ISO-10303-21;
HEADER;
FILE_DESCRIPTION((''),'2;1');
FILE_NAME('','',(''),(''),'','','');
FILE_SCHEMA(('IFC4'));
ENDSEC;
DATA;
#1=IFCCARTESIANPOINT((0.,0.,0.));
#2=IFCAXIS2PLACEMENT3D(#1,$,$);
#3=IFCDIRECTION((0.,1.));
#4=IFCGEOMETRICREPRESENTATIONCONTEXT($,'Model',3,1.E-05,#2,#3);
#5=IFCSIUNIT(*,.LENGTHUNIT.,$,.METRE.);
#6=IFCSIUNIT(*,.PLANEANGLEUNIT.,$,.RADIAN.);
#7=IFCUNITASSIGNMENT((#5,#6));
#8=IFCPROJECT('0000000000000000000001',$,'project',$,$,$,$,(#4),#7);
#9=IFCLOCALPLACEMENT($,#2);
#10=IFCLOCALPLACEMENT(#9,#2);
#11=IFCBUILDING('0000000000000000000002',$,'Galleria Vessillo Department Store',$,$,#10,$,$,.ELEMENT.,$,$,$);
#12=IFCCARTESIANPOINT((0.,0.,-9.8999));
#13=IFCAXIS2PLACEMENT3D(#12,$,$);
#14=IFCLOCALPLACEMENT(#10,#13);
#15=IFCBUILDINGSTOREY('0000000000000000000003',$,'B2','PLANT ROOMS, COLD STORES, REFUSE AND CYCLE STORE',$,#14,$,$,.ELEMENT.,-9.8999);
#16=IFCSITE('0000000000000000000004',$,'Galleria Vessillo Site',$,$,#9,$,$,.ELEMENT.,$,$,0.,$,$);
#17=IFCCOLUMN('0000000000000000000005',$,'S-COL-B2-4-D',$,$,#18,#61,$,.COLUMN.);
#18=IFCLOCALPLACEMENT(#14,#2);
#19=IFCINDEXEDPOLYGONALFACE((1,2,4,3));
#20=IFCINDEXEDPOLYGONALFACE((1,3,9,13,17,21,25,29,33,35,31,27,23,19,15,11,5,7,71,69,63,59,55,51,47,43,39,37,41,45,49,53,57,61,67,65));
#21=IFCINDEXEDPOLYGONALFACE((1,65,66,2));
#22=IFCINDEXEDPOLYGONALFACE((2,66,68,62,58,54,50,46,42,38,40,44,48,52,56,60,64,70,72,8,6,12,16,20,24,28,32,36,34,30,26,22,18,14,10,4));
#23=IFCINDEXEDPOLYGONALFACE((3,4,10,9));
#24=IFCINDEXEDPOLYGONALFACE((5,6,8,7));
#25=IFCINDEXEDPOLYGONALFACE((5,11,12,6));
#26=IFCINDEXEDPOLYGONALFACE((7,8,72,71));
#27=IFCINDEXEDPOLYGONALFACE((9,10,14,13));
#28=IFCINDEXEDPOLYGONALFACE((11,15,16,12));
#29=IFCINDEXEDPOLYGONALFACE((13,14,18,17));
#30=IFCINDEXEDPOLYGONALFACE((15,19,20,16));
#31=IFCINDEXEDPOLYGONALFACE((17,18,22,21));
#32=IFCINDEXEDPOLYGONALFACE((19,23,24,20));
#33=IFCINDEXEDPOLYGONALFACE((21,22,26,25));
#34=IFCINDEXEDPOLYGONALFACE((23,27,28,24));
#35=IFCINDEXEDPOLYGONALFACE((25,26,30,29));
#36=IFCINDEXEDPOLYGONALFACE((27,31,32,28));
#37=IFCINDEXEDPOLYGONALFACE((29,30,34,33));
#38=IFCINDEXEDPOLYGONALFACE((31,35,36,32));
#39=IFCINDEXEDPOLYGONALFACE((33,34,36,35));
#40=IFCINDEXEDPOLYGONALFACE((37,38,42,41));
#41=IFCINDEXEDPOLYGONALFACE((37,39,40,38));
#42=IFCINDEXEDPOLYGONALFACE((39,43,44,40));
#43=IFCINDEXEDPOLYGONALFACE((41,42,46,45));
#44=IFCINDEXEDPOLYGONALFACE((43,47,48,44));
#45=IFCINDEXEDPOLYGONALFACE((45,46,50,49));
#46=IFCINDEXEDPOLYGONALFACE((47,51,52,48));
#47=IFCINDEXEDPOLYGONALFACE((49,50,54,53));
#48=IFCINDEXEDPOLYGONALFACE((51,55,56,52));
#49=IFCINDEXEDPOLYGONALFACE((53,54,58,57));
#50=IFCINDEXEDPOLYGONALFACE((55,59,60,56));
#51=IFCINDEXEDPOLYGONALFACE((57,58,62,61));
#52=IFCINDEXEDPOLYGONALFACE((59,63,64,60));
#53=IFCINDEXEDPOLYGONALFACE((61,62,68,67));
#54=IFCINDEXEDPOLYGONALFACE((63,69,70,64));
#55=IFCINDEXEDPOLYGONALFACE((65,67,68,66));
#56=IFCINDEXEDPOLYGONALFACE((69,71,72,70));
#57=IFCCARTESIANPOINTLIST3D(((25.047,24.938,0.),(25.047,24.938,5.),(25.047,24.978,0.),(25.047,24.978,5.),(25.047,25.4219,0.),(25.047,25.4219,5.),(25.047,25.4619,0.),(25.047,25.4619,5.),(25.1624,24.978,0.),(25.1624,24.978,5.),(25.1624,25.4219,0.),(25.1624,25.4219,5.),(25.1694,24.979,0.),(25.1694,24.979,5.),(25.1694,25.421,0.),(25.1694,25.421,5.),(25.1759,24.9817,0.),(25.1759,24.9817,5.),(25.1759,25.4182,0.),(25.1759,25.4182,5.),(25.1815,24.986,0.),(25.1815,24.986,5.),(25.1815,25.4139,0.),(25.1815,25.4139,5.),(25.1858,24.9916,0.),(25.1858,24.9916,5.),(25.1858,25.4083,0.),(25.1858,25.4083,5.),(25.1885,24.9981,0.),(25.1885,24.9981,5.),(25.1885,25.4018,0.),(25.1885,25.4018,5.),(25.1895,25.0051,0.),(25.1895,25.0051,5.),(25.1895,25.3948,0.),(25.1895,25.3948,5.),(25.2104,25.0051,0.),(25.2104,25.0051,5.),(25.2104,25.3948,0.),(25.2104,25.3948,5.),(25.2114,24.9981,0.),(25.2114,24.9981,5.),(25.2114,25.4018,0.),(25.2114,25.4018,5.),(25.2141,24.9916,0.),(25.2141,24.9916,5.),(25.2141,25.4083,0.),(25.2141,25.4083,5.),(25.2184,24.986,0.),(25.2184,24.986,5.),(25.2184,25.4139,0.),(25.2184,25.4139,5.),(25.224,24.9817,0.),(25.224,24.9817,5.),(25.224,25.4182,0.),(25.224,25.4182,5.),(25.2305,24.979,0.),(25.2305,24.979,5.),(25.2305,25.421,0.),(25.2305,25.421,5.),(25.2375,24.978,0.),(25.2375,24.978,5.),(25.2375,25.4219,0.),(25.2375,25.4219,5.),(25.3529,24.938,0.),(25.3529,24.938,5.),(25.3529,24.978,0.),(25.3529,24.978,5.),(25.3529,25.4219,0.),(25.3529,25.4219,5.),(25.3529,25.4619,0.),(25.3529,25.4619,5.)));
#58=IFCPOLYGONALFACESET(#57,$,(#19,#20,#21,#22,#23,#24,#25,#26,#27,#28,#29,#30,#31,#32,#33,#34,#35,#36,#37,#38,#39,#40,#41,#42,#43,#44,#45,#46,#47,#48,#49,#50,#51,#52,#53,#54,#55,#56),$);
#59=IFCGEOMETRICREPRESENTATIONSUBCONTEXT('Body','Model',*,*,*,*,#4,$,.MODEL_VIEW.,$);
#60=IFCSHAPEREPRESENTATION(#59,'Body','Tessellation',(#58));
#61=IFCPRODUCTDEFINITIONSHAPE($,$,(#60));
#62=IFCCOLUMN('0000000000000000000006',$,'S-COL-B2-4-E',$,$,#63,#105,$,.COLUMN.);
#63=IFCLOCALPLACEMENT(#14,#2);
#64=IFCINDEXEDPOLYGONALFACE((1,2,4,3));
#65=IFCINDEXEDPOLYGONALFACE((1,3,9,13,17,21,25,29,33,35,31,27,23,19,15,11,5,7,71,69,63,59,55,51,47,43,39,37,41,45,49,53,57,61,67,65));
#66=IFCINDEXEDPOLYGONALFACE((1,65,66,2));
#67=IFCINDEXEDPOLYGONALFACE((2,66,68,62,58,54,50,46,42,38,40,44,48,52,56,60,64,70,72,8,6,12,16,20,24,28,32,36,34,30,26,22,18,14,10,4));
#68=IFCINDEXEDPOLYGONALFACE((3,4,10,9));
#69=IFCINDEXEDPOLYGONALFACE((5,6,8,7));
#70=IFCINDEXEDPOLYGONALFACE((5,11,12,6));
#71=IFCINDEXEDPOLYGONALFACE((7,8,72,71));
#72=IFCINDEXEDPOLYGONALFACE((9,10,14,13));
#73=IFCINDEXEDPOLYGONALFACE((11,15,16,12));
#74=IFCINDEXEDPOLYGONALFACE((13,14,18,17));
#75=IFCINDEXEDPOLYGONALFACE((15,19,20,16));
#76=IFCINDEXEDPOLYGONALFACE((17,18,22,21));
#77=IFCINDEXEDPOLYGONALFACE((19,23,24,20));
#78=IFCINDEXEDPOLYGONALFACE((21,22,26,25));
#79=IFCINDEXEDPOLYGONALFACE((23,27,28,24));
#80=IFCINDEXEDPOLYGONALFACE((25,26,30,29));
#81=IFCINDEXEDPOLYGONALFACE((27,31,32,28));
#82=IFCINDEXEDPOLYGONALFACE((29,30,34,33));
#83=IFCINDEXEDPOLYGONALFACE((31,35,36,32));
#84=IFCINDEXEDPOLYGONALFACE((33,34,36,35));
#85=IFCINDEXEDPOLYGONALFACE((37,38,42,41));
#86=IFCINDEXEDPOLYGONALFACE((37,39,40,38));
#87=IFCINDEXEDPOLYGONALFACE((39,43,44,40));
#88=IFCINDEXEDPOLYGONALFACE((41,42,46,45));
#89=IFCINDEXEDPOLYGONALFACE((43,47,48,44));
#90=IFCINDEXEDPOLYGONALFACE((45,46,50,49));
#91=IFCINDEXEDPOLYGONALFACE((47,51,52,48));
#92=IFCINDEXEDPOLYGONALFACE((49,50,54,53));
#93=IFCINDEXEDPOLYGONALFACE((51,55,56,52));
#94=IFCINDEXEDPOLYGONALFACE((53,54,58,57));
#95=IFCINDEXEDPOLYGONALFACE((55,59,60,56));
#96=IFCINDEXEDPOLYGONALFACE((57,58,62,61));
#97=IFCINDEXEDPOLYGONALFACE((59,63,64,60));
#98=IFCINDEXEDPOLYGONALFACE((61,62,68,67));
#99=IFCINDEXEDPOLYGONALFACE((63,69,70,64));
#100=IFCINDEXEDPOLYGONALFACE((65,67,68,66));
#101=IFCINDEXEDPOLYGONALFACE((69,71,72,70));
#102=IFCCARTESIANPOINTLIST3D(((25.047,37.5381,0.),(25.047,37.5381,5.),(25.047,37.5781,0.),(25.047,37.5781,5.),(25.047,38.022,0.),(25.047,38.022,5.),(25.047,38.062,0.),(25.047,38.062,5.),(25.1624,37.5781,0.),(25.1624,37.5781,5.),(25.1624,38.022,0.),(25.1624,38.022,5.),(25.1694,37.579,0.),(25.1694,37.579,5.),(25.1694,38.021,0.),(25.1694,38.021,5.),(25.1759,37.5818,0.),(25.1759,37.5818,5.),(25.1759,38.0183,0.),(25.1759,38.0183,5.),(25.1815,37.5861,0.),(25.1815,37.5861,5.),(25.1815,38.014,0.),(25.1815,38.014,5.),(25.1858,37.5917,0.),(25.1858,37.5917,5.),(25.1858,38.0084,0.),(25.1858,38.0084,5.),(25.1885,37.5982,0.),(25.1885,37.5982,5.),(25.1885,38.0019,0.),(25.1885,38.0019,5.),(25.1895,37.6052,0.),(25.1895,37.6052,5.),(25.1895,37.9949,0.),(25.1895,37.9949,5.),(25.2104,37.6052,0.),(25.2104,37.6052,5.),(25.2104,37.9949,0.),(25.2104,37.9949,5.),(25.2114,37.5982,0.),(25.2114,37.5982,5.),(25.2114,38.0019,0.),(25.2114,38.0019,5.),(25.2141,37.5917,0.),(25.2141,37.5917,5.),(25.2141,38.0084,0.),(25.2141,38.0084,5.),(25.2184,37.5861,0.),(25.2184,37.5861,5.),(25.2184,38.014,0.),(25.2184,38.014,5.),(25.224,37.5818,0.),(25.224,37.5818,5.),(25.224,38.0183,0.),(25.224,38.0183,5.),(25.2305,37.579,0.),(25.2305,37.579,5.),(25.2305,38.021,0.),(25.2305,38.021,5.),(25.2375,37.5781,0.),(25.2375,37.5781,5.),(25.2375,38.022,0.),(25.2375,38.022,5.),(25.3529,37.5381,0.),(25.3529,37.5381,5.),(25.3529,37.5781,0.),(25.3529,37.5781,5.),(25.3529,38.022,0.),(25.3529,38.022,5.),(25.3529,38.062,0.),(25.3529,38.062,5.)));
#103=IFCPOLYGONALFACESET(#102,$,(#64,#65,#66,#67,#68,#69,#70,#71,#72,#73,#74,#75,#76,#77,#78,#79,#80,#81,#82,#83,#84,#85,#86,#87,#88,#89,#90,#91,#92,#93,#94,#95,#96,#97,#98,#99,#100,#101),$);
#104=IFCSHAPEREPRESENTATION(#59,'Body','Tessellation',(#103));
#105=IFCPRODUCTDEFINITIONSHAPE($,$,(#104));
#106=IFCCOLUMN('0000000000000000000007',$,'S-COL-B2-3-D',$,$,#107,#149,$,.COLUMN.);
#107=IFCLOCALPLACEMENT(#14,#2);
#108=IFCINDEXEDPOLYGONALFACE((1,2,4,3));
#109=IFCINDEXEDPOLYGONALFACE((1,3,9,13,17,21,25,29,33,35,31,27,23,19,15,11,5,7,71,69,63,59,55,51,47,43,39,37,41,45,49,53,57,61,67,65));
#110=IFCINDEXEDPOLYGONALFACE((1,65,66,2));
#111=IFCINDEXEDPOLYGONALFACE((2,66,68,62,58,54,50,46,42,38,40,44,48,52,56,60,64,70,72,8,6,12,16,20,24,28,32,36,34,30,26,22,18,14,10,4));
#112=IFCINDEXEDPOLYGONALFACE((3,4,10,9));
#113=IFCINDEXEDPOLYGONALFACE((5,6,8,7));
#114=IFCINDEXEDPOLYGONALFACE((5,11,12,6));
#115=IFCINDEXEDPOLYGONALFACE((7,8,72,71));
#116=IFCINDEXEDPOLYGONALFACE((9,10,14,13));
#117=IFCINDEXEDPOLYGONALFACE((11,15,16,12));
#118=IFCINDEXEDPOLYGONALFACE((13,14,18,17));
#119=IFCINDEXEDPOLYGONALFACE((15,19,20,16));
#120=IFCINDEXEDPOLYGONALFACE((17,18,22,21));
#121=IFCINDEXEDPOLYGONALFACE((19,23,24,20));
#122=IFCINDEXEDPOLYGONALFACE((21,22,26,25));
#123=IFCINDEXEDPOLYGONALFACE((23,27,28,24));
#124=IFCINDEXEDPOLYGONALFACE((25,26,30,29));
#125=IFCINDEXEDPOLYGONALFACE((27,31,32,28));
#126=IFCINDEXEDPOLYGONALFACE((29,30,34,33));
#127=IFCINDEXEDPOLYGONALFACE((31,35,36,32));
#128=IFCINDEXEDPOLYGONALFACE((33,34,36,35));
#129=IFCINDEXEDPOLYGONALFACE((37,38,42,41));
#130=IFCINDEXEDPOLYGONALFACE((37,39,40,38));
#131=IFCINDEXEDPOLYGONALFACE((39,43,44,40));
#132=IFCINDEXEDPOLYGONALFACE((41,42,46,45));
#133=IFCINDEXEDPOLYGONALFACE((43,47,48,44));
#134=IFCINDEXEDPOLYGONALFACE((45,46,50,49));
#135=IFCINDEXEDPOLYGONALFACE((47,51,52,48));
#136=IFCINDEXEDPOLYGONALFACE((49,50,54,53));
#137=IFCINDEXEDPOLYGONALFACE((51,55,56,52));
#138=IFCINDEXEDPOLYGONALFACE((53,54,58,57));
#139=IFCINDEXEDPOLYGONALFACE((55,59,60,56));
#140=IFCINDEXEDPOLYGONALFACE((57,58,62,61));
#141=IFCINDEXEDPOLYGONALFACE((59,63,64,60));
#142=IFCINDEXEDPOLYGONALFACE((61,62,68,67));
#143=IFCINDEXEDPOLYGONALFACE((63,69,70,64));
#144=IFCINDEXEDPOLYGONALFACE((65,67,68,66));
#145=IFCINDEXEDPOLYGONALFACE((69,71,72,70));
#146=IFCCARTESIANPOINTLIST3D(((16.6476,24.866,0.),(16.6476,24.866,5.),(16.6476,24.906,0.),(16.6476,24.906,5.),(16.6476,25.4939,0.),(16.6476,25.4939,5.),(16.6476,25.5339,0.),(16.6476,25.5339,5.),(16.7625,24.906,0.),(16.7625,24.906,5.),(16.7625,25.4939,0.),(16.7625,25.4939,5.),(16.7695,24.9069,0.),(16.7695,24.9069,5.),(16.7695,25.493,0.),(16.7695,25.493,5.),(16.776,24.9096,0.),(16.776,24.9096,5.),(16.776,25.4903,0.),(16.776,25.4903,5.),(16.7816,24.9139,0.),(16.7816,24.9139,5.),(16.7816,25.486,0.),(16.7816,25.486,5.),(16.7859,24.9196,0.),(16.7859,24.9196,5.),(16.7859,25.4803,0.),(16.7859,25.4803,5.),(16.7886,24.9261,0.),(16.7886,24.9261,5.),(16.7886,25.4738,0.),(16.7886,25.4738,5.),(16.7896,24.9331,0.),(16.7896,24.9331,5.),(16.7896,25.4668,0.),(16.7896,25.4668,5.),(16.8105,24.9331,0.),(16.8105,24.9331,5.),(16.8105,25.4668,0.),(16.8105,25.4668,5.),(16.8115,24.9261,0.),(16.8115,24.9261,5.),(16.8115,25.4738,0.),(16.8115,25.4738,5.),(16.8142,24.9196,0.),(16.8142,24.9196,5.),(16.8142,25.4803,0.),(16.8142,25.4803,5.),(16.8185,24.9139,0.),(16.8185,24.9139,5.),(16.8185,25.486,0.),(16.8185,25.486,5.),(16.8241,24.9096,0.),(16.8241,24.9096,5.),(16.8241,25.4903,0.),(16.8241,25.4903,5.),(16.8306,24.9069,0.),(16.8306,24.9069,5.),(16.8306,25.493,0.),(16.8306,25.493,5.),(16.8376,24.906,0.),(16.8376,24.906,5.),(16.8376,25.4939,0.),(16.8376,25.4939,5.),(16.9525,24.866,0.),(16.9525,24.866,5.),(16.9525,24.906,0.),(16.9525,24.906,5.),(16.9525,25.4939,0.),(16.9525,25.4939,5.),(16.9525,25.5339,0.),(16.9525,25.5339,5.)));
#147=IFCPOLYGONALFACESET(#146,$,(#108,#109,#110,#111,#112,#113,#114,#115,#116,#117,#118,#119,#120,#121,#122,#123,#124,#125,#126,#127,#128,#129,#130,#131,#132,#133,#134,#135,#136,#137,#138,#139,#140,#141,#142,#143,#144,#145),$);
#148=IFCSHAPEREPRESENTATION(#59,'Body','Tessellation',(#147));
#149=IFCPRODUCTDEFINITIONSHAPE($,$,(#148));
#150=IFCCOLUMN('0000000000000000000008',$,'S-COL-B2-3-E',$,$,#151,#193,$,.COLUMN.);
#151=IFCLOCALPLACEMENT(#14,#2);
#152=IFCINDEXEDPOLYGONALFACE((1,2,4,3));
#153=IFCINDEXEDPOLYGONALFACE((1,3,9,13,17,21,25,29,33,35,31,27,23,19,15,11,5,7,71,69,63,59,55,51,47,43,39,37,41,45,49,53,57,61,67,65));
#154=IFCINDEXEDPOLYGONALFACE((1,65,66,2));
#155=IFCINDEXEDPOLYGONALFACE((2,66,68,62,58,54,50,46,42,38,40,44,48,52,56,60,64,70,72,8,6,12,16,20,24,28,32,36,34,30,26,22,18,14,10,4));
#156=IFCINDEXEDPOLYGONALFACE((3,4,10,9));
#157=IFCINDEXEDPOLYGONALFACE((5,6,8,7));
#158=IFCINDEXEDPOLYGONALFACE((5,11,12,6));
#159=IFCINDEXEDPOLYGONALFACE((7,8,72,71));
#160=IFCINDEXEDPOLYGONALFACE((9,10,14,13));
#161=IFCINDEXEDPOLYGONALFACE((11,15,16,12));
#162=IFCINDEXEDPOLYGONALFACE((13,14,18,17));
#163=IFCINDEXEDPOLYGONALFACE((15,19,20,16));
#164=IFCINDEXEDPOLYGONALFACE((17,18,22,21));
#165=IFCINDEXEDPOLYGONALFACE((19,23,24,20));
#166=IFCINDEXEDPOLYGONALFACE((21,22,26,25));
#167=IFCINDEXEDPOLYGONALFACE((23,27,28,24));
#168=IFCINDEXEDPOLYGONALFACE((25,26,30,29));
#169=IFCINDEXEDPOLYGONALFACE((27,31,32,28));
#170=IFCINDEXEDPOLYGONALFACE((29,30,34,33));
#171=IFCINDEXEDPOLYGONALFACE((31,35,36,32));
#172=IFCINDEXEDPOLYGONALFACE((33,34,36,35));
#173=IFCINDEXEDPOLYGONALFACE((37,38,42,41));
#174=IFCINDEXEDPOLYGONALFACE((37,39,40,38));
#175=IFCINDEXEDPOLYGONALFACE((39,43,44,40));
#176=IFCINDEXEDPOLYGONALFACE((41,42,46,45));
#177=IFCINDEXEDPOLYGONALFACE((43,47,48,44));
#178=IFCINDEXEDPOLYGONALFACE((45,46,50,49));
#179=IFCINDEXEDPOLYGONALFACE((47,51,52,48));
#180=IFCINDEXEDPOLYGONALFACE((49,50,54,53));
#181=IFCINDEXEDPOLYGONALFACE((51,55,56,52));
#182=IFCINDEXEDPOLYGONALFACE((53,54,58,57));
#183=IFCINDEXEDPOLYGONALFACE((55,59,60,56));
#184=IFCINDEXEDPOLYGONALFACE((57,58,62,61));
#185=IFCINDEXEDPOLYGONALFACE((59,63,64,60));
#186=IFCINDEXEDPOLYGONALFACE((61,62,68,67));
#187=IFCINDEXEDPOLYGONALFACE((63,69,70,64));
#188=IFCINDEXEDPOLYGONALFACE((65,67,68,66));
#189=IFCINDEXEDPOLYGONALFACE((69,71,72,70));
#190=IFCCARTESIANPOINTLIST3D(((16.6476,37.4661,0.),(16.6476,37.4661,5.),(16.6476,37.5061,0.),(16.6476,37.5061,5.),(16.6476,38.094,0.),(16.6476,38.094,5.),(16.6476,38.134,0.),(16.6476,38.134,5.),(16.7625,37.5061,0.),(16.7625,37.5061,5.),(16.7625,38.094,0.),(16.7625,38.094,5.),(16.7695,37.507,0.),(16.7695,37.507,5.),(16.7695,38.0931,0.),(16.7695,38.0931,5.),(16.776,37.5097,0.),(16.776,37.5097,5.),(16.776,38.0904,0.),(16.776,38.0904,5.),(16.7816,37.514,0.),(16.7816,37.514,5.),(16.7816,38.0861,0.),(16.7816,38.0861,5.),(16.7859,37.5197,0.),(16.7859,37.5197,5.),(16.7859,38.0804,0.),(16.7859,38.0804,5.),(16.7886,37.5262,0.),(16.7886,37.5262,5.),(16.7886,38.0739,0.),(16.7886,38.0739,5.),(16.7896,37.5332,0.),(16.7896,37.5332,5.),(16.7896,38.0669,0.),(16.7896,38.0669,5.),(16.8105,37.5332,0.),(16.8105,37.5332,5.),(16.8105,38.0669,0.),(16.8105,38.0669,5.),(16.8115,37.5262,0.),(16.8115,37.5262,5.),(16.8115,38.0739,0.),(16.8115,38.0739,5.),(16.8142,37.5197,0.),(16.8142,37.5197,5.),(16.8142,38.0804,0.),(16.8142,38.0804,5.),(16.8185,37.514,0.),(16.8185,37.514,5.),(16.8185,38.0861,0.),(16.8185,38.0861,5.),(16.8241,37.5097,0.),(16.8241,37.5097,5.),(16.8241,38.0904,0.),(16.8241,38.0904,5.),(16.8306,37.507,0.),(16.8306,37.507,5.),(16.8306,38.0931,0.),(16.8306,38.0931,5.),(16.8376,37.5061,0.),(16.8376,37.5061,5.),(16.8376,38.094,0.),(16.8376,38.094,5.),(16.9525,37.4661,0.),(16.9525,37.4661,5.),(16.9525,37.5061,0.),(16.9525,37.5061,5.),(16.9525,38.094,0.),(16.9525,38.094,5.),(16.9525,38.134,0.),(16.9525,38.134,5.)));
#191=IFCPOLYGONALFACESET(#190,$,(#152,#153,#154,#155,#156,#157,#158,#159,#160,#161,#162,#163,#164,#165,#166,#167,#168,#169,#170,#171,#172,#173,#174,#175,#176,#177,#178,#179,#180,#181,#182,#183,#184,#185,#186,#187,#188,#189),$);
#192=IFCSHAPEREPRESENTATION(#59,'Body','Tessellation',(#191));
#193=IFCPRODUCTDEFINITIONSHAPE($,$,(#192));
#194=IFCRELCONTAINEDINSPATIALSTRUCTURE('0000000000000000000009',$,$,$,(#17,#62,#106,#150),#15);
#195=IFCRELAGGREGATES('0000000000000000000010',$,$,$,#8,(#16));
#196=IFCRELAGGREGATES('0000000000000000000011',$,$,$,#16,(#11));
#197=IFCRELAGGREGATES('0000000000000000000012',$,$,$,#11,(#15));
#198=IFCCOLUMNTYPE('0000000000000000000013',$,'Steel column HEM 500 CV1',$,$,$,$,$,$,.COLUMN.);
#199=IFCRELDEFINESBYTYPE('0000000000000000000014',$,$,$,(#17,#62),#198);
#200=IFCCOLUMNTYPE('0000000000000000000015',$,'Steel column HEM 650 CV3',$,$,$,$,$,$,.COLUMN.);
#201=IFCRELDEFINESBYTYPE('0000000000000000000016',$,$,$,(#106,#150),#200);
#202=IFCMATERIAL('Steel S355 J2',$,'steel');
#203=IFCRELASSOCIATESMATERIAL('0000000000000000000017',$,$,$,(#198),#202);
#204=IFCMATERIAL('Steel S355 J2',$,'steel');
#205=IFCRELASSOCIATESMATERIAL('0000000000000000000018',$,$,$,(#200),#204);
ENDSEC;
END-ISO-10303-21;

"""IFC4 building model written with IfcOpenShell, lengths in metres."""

from ifc_helpers import new_model, si_unit, direction, frame, origin, origin_2d, place, context, subcontext, project, spatial, i_section, extrude, material, material_profile, profile_set, type_object, element, save


model = new_model("IFC4")

# Units and contexts
model_context = context("Model", 3, precision=1e-05, world=origin(), true_north=direction((0.0, 1.0)))
body_context = subcontext(model_context, "Body", "Model", "MODEL_VIEW")
ifc_project = project(units=[si_unit("LENGTHUNIT", "METRE"), si_unit("PLANEANGLEUNIT", "RADIAN")], contexts=[model_context])

# Site, building, storey
site_placement = place(None, origin())
site = spatial("IfcSite", under=ifc_project, at=site_placement, Name="Galleria Vessillo Site", CompositionType="ELEMENT", RefElevation=0.0)
building_placement = place(site_placement, origin())
building = spatial("IfcBuilding", under=site, at=building_placement, Name="Galleria Vessillo Department Store", CompositionType="ELEMENT")
storey_placement = place(building_placement, frame((0.0, 0.0, -9.8999)))
storey = spatial("IfcBuildingStorey", under=building, at=storey_placement, Name="B2", Description="PLANT ROOMS, COLD STORES, REFUSE AND CYCLE STORE", CompositionType="ELEMENT", Elevation=-9.8999)

# Columns
ifc_material_1 = material(Name="Steel S355 J2", Category="steel")
ifc_material_profile_1 = material_profile(ifc_material_1, i_section(OverallWidth=0.3059, OverallDepth=0.5239, WebThickness=0.021, FlangeThickness=0.04, FilletRadius=0.0271, at=origin_2d()), Name="HEM 500")
ifc_profile_set_1 = profile_set([ifc_material_profile_1], Name="Steel S355 J2")
column_type_1 = type_object("IfcColumnType", Name="Steel column HEM 500 CV1", PredefinedType="COLUMN", material=ifc_profile_set_1)
for number, where, z_axis, x_axis, name in (
    (1, (25.2, 25.2, 0.0), (0.0, 0.0, 1.0), (1.0, 0.0, 0.0), "S-COL-B2-4-D"),
    (2, (25.2, 37.8, 0.0), (0.0, 0.0, 1.0), (1.0, 0.0, 0.0), "S-COL-B2-4-E"),
):
    element("IfcColumn", number, at=place(storey_placement, frame(where, z_axis=z_axis, x_axis=x_axis)), inside=storey, type_object=column_type_1, Name=name, PredefinedType="COLUMN", context=body_context, shape_type="SweptSolid", body=[
        extrude(i_section(OverallWidth=0.3059, OverallDepth=0.5239, WebThickness=0.021, FlangeThickness=0.04, FilletRadius=0.0271, at=origin_2d()), origin(), (0.0, 0.0, 1.0), 5.0),
    ])
ifc_material_2 = material(Name="Steel S355 J2", Category="steel")
ifc_material_profile_2 = material_profile(ifc_material_2, i_section(OverallWidth=0.3049, OverallDepth=0.668, WebThickness=0.021, FlangeThickness=0.04, FilletRadius=0.0271, at=origin_2d()), Name="HEM 650")
ifc_profile_set_2 = profile_set([ifc_material_profile_2], Name="Steel S355 J2")
column_type_2 = type_object("IfcColumnType", Name="Steel column HEM 650 CV3", PredefinedType="COLUMN", material=ifc_profile_set_2)
for number, where, z_axis, x_axis, name in (
    (3, (16.8, 25.2, 0.0), (0.0, 0.0, 1.0), (1.0, 0.0, 0.0), "S-COL-B2-3-D"),
    (4, (16.8, 37.8, 0.0), (0.0, 0.0, 1.0), (1.0, 0.0, 0.0), "S-COL-B2-3-E"),
):
    element("IfcColumn", number, at=place(storey_placement, frame(where, z_axis=z_axis, x_axis=x_axis)), inside=storey, type_object=column_type_2, Name=name, PredefinedType="COLUMN", context=body_context, shape_type="SweptSolid", body=[
        extrude(i_section(OverallWidth=0.3049, OverallDepth=0.668, WebThickness=0.021, FlangeThickness=0.04, FilletRadius=0.0271, at=origin_2d()), origin(), (0.0, 0.0, 1.0), 5.0),
    ])

save(model, "model.ifc")
